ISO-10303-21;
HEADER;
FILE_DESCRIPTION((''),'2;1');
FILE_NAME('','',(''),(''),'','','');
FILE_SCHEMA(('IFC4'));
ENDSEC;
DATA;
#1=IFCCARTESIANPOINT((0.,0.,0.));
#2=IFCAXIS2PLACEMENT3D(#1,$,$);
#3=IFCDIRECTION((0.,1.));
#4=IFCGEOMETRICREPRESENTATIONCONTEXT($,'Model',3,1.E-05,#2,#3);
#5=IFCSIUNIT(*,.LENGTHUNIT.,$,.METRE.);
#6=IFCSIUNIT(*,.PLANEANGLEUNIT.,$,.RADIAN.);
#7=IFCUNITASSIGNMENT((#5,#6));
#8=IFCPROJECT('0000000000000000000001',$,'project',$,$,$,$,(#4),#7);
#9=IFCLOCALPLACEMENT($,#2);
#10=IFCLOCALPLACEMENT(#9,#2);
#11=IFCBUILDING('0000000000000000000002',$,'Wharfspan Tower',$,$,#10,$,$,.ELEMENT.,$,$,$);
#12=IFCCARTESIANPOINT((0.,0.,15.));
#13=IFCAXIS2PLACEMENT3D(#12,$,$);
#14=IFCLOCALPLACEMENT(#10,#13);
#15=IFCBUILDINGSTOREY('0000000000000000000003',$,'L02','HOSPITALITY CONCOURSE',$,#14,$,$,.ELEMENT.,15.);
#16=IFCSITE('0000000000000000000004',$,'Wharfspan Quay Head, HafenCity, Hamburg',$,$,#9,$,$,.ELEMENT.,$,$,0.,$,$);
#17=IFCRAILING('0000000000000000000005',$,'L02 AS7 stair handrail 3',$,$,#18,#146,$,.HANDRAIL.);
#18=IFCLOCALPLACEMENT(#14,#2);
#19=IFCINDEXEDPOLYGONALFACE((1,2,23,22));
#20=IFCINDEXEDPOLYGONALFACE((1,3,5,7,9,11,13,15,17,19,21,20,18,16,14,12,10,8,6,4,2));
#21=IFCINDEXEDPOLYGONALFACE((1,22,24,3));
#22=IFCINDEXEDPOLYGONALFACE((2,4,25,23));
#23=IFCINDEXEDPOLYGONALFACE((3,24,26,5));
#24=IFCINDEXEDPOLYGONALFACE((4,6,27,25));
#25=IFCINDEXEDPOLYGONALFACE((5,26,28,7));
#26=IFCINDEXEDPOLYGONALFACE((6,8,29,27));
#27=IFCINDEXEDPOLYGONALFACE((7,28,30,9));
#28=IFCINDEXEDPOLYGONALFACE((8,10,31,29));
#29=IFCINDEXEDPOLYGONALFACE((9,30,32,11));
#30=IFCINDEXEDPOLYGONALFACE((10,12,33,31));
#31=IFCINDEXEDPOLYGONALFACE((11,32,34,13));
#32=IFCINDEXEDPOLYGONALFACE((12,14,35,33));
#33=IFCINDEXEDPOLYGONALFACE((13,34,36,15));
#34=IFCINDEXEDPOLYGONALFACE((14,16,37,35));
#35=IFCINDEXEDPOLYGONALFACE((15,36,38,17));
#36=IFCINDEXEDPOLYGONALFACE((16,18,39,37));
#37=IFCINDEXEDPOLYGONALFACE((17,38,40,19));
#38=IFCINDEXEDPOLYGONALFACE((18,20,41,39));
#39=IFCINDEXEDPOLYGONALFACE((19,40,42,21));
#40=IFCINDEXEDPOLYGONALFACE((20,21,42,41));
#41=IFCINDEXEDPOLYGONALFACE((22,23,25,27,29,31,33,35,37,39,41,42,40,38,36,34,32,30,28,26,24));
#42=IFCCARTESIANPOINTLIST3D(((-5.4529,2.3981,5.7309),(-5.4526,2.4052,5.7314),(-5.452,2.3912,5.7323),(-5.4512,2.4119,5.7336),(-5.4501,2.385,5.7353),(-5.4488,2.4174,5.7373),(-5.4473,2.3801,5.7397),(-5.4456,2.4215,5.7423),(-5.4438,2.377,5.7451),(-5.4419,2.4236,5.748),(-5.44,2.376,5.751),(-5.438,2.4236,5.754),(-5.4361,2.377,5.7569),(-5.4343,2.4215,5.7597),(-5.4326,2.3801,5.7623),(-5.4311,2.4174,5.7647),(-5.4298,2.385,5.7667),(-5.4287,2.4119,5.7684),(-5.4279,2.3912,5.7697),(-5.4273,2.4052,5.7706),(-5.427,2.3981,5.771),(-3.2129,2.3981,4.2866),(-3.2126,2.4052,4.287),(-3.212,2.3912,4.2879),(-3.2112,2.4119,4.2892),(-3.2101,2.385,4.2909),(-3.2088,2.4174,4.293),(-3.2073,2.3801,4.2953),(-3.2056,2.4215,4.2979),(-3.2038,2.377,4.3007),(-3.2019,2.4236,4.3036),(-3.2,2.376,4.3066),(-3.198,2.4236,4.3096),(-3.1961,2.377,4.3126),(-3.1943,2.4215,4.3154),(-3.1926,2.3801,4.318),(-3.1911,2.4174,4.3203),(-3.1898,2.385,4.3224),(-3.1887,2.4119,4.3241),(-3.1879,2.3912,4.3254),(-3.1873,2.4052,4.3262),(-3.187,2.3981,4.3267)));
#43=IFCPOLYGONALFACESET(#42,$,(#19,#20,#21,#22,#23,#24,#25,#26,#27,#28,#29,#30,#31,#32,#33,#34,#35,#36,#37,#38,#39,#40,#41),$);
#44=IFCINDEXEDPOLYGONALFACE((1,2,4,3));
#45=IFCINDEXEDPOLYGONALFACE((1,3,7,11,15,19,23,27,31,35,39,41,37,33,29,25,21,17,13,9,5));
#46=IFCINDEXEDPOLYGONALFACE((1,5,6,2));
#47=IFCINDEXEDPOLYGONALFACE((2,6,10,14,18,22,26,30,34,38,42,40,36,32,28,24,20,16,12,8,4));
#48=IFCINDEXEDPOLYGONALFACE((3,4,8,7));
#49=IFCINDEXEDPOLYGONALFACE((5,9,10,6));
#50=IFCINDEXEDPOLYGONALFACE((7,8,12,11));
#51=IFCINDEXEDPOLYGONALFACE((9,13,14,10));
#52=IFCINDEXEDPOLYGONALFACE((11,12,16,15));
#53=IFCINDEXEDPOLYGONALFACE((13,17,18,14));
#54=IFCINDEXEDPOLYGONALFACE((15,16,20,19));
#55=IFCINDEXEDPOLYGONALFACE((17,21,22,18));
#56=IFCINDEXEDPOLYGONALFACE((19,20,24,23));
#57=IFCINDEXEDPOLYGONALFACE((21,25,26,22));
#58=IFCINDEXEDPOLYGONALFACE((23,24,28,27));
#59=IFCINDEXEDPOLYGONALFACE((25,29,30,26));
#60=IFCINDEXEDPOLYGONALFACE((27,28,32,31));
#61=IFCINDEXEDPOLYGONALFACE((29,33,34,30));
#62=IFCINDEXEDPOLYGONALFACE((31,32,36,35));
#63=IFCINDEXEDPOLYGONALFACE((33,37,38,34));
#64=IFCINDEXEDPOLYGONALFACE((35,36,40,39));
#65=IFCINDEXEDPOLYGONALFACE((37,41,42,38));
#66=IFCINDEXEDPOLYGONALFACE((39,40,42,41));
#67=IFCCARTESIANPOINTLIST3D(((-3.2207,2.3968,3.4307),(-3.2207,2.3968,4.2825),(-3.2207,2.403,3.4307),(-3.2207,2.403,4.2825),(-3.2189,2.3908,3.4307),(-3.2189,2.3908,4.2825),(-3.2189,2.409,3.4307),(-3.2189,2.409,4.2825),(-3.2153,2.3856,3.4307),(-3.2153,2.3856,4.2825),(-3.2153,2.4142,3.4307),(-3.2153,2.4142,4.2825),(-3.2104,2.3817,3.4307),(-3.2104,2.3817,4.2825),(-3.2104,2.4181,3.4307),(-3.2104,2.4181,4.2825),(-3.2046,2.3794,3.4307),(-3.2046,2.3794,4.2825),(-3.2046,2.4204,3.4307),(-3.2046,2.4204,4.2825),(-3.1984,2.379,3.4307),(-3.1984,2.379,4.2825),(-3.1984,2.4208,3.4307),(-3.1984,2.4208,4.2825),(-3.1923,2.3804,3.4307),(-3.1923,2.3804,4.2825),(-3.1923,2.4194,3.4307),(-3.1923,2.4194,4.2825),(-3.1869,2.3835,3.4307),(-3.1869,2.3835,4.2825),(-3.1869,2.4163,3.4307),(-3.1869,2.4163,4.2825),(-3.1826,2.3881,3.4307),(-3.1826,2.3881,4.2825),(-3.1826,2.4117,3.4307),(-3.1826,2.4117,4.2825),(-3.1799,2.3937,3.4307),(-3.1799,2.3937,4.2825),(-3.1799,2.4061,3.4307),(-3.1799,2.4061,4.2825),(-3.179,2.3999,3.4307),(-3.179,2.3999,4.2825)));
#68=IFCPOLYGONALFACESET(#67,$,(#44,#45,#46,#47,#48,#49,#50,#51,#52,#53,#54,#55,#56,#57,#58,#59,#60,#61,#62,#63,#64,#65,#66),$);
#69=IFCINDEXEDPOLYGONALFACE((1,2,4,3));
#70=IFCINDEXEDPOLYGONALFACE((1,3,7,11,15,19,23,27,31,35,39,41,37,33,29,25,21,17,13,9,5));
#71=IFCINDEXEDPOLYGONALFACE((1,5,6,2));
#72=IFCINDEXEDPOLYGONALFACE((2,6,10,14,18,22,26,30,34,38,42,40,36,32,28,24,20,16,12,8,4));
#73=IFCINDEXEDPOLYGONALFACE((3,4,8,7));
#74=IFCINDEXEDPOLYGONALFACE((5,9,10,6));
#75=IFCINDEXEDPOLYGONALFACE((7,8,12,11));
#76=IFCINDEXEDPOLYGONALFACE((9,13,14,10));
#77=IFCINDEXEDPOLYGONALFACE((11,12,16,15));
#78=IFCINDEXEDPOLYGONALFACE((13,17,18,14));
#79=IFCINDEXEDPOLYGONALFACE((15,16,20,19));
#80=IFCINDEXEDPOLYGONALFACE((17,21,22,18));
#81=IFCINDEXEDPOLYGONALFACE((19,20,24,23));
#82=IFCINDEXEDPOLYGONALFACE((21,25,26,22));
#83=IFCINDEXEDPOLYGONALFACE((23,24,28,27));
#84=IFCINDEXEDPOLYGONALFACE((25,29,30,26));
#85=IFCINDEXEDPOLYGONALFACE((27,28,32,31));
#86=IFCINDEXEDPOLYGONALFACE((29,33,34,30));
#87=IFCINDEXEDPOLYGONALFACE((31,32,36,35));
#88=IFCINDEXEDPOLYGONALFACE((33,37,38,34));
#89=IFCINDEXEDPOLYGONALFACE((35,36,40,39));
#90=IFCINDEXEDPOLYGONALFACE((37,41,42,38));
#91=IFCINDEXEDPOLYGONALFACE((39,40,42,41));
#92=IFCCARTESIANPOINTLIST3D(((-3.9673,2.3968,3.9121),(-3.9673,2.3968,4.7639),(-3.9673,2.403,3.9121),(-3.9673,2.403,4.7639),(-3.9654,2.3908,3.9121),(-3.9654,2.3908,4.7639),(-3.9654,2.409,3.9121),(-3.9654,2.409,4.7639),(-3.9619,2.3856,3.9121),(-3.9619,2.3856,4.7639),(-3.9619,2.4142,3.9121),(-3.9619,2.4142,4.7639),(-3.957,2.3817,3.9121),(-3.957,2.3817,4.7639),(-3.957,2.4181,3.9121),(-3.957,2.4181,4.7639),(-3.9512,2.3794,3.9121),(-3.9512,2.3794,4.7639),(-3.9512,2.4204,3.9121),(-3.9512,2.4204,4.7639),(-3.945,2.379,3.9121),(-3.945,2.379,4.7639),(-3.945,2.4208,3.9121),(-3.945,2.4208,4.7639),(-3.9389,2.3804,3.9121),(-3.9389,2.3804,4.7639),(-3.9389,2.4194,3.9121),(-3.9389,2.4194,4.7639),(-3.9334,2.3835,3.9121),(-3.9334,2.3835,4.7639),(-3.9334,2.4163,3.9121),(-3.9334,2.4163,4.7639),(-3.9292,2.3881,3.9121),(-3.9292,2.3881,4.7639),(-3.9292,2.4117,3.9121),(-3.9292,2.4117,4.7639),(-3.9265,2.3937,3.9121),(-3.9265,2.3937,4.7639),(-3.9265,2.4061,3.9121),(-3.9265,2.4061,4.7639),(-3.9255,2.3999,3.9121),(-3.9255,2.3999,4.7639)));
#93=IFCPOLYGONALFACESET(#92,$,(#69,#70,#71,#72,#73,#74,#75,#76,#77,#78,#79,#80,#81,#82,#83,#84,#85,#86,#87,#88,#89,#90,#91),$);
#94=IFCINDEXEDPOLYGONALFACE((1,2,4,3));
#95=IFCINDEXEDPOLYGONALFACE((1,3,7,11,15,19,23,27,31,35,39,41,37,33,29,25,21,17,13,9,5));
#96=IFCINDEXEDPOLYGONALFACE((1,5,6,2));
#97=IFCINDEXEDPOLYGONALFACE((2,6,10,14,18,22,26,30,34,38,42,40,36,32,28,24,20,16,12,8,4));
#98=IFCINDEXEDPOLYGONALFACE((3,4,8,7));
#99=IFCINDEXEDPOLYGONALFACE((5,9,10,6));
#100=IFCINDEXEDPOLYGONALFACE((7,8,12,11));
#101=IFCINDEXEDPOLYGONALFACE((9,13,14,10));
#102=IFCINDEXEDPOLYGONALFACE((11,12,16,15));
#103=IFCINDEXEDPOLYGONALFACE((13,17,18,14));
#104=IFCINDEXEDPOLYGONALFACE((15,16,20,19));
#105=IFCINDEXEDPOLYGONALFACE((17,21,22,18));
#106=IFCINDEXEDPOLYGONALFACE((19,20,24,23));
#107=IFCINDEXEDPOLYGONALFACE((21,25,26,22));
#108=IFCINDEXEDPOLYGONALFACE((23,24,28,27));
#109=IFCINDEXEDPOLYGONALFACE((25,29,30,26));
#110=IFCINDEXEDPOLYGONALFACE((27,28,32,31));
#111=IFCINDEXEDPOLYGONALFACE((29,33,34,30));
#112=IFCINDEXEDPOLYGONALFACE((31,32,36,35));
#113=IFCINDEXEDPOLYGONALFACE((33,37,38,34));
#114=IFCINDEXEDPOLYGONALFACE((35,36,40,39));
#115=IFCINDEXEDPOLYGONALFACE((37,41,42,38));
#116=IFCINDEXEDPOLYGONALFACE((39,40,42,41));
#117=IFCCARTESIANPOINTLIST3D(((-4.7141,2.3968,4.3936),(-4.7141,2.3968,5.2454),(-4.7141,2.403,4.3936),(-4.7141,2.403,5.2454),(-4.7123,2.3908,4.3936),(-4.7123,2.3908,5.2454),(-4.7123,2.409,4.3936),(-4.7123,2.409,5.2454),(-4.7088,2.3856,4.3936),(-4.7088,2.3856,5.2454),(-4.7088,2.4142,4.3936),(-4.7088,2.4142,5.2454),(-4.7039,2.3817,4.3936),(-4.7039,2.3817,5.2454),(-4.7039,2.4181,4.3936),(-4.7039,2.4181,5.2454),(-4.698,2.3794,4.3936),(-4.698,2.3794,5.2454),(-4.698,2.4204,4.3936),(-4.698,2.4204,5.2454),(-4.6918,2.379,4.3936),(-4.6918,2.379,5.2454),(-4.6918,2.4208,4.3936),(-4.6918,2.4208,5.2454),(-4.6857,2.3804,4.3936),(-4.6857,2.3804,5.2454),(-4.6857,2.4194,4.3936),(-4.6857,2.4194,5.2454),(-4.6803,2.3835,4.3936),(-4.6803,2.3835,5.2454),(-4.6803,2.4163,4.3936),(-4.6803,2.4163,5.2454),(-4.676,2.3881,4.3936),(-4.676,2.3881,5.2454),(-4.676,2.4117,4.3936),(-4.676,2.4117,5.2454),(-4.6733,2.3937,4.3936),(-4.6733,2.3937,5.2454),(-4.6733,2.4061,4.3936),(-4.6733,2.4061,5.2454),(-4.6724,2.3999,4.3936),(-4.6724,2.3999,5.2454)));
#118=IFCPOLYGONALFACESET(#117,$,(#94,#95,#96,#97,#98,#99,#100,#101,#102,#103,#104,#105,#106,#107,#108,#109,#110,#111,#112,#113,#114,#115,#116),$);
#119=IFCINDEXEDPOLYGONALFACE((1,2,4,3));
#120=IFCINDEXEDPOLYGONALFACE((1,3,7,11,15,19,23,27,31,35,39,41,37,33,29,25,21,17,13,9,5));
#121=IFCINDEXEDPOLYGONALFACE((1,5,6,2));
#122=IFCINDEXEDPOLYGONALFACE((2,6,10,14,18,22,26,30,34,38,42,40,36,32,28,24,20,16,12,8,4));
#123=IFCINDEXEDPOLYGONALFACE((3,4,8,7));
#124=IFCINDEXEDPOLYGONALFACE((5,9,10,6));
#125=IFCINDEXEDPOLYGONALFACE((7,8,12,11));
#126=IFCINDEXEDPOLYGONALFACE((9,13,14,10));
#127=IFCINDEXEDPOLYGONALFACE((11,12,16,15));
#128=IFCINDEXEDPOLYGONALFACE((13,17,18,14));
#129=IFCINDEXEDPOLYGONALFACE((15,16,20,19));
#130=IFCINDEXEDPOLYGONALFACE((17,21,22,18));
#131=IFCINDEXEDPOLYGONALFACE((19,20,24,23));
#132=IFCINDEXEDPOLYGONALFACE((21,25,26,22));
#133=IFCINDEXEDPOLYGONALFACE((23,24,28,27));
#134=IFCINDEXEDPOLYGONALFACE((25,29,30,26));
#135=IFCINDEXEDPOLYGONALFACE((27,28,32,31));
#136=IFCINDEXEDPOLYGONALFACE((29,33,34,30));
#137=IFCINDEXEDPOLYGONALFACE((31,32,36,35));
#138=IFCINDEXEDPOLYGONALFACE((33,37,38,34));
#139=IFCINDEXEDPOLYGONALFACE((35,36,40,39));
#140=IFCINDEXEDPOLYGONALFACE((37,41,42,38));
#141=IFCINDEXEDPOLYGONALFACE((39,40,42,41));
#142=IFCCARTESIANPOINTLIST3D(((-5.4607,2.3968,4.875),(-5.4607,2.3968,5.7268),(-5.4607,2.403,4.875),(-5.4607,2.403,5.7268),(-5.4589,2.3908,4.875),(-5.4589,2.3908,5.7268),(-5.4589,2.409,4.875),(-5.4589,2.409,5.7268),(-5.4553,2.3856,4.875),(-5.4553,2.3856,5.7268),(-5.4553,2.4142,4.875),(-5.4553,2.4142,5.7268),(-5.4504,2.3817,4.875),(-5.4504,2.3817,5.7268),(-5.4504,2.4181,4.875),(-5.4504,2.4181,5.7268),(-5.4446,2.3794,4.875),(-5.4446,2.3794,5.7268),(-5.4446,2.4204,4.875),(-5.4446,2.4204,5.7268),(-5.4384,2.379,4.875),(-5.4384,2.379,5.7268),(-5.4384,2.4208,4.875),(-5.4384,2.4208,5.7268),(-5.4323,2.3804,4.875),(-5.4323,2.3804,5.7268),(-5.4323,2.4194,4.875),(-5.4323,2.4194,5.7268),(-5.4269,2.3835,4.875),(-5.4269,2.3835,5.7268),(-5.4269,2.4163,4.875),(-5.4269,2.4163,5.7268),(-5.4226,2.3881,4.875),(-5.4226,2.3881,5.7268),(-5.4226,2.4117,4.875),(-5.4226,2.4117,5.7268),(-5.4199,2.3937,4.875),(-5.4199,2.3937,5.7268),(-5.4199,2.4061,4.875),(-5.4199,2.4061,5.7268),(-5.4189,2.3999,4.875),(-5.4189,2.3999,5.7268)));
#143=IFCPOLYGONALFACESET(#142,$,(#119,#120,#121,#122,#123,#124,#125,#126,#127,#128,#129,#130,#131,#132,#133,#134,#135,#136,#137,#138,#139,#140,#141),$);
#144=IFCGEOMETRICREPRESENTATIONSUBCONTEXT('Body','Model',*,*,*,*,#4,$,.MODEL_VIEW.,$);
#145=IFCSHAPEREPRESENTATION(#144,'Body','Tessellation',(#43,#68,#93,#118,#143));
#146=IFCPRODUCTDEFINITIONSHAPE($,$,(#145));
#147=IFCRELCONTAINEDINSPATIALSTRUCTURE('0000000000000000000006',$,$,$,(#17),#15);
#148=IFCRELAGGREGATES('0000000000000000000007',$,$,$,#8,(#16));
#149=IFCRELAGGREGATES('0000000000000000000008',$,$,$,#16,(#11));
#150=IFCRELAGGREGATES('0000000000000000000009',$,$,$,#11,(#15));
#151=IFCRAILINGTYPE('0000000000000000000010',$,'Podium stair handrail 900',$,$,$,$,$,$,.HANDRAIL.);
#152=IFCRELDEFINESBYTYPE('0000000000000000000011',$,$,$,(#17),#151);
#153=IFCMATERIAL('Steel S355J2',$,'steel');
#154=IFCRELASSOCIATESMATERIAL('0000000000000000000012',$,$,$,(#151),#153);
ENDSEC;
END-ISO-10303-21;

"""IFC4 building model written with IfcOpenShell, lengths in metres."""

from ifc_helpers import new_model, si_unit, direction, frame, origin, origin_2d, place, context, subcontext, project, spatial, circle, extrude, material, type_object, element, save


model = new_model("IFC4")

# Units and contexts
model_context = context("Model", 3, precision=1e-05, world=origin(), true_north=direction((0.0, 1.0)))
body_context = subcontext(model_context, "Body", "Model", "MODEL_VIEW")
ifc_project = project(units=[si_unit("LENGTHUNIT", "METRE"), si_unit("PLANEANGLEUNIT", "RADIAN")], contexts=[model_context])

# Site, building, storey
site_placement = place(None, origin())
site = spatial("IfcSite", under=ifc_project, at=site_placement, Name="Wharfspan Quay Head, HafenCity, Hamburg", CompositionType="ELEMENT", RefElevation=0.0)
building_placement = place(site_placement, origin())
building = spatial("IfcBuilding", under=site, at=building_placement, Name="Wharfspan Tower", CompositionType="ELEMENT")
storey_placement = place(building_placement, frame((0.0, 0.0, 15.0)))
storey = spatial("IfcBuildingStorey", under=building, at=storey_placement, Name="L02", Description="HOSPITALITY CONCOURSE", CompositionType="ELEMENT", Elevation=15.0)

# Railing
ifc_material_1 = material(Name="Steel S355J2", Category="steel")
railing_type_1 = type_object("IfcRailingType", Name="Podium stair handrail 900", PredefinedType="HANDRAIL", material=ifc_material_1)
for number, where, name in (
    (1, (-3.2, 2.3999, 3.4307), "L02 AS7 stair handrail 3"),
):
    element("IfcRailing", number, at=place(storey_placement, frame(where)), inside=storey, type_object=railing_type_1, Name=name, PredefinedType="HANDRAIL", context=body_context, shape_type="SweptSolid", body=[
        extrude(circle(Radius=0.0239, at=origin_2d()), frame((0.0, 0.0, 0.876), z_axis=(-0.840437, 0.0, 0.54191), x_axis=(0.0, -1.0, 0.0)), (0.0, 0.0, 1.0), 2.6653),
        extrude(circle(Radius=0.021, at=origin_2d()), origin(), (0.0, 0.0, 1.0), 0.8518),
        extrude(circle(Radius=0.021, at=origin_2d()), frame((-0.7466, 0.0, 0.4814)), (0.0, 0.0, 1.0), 0.8518),
        extrude(circle(Radius=0.021, at=origin_2d()), frame((-1.4934, 0.0, 0.9629)), (0.0, 0.0, 1.0), 0.8518),
        extrude(circle(Radius=0.021, at=origin_2d()), frame((-2.24, 0.0, 1.4443)), (0.0, 0.0, 1.0), 0.8518),
    ])

save(model, "model.ifc")
